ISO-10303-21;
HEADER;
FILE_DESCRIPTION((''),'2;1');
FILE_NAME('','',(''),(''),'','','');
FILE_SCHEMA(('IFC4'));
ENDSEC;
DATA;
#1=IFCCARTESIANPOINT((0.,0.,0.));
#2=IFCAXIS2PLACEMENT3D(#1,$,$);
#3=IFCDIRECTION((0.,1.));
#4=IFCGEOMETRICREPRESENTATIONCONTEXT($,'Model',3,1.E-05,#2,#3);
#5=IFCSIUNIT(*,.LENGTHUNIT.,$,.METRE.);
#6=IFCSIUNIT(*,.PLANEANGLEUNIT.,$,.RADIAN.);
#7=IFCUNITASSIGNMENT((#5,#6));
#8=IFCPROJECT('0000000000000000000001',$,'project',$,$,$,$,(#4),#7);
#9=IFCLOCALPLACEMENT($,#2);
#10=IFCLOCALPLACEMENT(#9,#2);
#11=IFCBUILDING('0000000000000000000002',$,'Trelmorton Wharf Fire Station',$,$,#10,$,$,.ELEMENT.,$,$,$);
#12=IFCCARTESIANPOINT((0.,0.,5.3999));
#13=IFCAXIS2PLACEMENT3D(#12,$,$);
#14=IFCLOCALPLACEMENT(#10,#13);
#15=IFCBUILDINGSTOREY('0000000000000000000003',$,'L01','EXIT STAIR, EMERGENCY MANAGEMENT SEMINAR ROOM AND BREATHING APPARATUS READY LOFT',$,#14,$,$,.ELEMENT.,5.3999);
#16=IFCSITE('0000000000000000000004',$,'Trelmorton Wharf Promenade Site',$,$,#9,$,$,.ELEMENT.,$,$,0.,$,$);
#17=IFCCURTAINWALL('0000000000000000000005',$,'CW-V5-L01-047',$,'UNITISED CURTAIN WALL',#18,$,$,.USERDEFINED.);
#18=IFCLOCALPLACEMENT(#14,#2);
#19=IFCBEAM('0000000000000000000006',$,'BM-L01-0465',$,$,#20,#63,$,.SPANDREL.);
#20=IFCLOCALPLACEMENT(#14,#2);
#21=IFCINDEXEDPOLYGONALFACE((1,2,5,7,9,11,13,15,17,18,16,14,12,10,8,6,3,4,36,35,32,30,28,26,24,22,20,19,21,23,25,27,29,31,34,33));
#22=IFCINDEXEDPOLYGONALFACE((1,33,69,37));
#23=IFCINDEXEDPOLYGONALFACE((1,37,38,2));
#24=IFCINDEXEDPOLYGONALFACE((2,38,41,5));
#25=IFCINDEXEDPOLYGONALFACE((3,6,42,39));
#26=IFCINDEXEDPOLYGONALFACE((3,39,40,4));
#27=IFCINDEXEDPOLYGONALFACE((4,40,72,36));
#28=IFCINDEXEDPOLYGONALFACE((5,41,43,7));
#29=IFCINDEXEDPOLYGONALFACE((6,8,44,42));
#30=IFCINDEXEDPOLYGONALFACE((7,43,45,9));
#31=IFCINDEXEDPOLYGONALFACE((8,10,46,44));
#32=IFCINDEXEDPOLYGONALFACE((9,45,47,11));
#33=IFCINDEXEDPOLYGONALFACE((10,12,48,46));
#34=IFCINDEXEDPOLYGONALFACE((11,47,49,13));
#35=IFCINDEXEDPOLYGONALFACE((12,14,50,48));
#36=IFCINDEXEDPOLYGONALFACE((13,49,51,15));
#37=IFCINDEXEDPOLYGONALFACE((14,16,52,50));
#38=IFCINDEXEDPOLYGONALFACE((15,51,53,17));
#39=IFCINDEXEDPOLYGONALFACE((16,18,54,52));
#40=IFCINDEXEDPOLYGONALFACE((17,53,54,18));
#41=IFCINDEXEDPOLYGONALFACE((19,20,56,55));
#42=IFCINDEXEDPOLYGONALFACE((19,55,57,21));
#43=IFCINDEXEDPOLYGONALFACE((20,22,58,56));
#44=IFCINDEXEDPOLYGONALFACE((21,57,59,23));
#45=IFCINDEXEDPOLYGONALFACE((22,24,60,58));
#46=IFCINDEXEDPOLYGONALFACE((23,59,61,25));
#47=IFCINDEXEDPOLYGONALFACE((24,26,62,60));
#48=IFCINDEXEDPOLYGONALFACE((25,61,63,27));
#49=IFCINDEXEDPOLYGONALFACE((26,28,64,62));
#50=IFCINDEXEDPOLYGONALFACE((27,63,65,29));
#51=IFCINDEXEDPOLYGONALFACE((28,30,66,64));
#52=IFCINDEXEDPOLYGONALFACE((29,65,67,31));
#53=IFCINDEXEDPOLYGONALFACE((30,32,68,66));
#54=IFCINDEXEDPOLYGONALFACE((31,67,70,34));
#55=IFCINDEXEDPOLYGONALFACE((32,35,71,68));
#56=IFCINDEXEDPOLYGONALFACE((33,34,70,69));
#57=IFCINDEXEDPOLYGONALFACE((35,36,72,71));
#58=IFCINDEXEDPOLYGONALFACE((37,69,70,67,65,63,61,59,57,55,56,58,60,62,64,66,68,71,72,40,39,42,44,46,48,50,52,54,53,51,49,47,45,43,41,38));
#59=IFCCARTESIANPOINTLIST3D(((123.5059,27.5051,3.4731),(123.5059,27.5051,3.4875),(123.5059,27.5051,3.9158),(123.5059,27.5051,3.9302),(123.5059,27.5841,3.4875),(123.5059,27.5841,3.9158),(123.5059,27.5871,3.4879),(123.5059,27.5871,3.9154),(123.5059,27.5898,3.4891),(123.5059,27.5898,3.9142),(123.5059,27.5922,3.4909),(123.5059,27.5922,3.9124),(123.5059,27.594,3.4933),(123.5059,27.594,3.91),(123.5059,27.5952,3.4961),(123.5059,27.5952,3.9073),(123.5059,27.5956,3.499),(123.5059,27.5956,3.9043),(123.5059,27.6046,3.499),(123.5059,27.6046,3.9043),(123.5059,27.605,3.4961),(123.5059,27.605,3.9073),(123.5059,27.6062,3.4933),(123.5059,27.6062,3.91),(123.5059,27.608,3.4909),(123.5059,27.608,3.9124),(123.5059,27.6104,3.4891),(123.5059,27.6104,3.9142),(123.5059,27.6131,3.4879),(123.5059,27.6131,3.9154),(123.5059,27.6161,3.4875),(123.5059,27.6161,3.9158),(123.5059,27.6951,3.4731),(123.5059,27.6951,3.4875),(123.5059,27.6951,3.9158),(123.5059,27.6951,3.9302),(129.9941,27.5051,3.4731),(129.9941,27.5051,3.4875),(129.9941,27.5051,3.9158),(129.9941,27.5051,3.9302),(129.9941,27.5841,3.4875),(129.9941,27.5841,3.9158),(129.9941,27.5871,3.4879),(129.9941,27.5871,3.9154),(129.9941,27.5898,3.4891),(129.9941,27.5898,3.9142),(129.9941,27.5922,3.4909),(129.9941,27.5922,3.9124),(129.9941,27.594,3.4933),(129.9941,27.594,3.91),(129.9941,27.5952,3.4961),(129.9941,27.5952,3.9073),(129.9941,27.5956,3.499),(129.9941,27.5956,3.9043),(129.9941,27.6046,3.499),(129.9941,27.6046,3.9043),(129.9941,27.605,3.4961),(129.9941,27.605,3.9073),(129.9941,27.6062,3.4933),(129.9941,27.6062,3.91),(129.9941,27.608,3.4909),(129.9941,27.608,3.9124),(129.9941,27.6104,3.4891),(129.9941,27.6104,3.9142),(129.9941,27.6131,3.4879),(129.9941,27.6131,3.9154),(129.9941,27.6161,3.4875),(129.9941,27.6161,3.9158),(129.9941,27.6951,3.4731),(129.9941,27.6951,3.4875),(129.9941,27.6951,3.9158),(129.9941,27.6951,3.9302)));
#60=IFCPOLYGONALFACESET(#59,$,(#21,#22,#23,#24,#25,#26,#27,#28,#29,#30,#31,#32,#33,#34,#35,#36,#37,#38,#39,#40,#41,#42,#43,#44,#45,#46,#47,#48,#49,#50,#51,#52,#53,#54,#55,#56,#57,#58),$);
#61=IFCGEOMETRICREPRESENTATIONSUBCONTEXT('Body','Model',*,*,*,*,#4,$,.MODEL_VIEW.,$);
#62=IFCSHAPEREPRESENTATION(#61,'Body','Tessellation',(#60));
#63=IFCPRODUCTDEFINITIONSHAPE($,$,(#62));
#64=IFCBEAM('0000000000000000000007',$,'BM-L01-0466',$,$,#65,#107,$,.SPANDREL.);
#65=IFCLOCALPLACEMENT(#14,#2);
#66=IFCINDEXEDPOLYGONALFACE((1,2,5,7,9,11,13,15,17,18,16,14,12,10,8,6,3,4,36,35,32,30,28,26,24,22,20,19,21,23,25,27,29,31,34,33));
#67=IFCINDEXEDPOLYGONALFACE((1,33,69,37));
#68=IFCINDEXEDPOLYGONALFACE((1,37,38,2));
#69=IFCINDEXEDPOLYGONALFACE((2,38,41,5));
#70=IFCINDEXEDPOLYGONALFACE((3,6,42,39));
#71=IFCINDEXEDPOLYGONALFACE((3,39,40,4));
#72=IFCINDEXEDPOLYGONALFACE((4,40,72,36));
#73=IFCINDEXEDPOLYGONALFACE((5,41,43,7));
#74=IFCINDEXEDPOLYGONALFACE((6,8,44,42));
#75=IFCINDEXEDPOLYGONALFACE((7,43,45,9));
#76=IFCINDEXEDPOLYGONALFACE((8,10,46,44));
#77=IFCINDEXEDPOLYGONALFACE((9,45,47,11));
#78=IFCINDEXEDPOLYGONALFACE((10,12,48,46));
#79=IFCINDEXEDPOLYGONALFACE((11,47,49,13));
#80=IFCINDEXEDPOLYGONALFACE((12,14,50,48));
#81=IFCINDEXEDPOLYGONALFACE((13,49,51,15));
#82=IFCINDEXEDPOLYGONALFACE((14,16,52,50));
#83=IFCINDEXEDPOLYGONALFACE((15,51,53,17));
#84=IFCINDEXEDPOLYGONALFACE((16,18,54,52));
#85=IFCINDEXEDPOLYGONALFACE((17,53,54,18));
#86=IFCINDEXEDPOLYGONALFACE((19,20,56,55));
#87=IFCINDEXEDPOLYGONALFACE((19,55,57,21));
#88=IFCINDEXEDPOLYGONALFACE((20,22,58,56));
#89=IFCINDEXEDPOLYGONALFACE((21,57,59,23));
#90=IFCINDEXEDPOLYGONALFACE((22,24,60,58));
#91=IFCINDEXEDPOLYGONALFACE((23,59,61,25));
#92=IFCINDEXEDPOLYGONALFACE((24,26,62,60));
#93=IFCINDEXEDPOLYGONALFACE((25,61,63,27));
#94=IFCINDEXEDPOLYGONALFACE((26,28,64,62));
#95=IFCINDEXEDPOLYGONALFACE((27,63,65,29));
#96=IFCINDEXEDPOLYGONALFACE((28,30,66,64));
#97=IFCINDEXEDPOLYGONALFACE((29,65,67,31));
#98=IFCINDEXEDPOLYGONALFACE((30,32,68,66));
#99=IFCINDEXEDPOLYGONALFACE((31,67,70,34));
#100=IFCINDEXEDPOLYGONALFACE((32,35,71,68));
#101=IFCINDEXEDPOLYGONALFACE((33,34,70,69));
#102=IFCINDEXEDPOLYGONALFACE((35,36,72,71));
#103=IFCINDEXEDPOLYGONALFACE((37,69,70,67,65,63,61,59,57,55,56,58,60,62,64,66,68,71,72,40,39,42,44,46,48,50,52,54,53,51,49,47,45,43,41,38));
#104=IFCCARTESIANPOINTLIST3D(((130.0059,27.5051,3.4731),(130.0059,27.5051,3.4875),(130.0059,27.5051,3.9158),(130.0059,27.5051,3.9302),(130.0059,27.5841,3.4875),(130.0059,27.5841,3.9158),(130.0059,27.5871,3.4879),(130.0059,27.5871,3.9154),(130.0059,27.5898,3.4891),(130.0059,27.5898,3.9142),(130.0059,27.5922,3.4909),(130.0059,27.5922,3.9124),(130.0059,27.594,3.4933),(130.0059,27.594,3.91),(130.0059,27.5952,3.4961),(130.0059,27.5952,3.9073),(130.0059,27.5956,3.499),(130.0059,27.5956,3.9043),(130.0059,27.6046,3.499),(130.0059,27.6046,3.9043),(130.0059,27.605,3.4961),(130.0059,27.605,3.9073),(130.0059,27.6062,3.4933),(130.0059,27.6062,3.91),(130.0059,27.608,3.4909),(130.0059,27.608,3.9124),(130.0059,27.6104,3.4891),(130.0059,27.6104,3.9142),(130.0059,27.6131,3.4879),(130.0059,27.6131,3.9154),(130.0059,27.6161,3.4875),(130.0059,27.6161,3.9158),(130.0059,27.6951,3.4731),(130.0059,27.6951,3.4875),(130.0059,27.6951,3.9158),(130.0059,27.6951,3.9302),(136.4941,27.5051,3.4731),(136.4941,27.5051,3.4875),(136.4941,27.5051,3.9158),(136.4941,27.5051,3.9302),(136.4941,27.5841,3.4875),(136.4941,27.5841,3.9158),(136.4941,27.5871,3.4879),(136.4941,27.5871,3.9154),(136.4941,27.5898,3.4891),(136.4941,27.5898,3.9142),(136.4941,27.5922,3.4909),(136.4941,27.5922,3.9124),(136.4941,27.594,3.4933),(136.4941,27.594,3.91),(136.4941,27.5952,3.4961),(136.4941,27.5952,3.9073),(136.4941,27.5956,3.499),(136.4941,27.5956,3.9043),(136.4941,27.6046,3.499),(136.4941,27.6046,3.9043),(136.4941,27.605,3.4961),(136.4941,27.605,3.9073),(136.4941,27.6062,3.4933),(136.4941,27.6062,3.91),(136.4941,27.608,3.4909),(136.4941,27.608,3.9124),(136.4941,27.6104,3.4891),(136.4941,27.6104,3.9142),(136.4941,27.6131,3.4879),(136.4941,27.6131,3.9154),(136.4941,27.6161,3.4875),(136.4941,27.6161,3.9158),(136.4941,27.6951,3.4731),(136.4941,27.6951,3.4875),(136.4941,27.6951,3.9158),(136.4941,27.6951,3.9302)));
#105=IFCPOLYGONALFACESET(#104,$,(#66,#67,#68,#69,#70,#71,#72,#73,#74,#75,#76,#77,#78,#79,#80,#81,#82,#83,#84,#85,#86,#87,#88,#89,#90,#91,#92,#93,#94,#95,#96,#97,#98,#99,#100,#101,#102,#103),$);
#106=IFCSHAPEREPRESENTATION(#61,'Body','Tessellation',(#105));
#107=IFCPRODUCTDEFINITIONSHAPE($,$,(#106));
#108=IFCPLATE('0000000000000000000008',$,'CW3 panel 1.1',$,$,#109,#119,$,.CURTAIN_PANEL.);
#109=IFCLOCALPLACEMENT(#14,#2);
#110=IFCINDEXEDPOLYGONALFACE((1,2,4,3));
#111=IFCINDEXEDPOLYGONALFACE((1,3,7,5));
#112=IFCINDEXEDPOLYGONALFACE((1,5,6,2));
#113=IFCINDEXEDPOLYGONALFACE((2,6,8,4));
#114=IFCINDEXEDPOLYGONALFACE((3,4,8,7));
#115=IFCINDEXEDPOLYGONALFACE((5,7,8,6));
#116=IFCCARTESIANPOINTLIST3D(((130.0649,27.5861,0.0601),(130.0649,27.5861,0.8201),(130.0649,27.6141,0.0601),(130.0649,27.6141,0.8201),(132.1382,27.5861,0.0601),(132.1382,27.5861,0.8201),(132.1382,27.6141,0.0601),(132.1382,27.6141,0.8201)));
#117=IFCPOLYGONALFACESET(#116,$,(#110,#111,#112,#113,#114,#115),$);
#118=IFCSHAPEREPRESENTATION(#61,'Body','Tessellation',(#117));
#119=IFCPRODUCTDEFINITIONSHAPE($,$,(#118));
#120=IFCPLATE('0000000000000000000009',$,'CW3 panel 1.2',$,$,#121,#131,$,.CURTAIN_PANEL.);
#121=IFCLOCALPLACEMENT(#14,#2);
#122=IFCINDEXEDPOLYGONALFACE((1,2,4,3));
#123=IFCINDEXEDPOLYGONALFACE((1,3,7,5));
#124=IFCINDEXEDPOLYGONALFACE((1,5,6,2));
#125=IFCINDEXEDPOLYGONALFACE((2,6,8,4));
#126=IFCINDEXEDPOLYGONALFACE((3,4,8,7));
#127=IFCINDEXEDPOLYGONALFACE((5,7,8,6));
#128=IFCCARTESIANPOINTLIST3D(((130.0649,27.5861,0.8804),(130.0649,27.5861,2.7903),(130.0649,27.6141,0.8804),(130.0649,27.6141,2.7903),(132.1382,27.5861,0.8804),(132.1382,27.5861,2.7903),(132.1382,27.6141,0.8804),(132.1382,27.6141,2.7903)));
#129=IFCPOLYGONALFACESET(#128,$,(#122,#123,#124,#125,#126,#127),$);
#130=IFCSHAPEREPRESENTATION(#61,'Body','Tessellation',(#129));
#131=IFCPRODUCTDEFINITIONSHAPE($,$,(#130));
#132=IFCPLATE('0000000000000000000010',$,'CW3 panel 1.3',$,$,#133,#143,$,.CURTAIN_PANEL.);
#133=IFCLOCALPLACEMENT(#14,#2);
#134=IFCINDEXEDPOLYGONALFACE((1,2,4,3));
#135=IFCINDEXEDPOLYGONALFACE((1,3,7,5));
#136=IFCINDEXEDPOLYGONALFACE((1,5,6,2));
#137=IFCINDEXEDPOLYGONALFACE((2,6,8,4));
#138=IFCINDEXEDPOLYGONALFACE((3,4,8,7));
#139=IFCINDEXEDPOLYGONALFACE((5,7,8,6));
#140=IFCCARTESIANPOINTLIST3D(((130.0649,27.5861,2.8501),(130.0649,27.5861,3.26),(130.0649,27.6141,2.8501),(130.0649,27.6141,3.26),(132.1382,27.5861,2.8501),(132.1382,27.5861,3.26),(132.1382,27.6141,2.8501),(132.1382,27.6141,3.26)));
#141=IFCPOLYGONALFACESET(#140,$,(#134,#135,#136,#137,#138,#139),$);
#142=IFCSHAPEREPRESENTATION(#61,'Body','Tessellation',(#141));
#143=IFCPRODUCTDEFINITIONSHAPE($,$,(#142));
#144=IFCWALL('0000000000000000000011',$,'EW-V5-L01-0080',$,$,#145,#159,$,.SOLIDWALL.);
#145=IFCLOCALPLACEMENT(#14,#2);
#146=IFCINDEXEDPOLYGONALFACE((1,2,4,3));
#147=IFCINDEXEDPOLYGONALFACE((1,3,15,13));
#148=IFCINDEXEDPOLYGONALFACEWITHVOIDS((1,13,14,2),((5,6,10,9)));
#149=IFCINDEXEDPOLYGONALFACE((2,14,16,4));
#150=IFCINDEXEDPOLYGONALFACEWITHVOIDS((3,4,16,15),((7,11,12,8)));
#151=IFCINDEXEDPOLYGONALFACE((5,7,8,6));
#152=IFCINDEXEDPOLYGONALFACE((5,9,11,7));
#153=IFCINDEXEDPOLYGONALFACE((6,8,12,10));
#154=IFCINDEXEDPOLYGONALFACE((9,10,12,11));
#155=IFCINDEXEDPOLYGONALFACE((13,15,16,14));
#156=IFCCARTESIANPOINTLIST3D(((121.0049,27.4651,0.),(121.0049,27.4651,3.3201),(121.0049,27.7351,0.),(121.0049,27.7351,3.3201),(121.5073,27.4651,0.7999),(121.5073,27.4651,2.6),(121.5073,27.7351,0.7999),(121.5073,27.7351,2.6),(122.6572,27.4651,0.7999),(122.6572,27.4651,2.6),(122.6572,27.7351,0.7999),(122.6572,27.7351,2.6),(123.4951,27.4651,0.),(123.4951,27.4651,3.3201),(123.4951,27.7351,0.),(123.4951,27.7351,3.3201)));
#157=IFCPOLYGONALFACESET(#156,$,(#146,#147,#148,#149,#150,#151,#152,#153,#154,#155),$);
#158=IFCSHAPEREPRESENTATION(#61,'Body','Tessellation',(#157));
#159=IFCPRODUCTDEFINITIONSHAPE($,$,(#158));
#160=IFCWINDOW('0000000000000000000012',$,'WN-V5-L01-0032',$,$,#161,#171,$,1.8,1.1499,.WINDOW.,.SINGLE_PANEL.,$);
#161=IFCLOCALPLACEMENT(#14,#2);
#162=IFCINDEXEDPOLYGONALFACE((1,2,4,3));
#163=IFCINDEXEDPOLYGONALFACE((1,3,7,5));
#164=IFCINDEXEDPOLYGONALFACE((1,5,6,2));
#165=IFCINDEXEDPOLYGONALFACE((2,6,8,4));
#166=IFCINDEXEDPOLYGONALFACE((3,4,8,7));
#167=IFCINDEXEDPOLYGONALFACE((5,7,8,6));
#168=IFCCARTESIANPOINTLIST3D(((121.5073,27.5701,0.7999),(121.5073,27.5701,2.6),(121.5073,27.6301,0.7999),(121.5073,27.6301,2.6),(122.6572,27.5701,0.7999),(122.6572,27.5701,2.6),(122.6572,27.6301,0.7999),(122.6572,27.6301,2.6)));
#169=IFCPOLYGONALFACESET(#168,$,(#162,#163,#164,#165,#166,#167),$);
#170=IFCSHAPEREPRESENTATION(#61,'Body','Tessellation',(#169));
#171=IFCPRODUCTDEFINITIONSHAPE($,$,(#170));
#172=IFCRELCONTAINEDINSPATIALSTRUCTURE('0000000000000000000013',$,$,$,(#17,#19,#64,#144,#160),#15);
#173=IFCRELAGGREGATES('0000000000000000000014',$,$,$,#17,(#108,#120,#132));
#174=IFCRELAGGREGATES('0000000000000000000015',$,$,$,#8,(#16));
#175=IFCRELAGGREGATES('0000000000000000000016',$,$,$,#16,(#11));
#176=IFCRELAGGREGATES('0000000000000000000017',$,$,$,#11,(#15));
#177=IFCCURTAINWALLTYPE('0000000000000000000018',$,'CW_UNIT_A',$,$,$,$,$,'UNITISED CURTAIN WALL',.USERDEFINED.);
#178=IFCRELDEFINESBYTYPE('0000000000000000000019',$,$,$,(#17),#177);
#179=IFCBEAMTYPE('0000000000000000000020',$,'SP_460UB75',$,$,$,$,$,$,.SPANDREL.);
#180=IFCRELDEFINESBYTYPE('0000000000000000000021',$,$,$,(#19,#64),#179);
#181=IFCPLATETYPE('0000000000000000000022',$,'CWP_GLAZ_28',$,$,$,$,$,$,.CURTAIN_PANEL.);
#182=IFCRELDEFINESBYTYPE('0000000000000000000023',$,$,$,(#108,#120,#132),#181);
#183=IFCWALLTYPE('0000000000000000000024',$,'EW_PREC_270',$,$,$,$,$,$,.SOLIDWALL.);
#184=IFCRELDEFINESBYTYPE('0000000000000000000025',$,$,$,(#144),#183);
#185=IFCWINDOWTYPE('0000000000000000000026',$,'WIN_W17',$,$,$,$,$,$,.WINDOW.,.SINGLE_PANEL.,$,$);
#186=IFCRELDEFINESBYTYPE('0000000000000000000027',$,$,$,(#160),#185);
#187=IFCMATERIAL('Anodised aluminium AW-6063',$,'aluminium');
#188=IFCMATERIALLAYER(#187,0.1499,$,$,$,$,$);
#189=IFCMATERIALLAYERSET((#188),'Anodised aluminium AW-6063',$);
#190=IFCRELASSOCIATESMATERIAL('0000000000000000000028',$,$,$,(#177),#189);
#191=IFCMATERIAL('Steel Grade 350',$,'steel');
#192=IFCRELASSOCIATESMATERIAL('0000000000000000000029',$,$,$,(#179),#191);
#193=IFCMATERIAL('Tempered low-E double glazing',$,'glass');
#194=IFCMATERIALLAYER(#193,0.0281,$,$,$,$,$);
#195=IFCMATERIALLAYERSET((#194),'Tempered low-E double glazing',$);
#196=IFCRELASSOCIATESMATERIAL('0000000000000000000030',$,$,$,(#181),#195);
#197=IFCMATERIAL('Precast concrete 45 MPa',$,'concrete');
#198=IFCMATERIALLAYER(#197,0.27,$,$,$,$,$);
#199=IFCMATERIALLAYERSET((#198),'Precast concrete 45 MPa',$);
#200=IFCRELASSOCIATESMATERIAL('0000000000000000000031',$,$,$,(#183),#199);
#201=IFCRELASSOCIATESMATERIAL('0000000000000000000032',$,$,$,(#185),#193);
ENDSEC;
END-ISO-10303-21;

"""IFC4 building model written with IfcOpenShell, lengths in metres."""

from ifc_helpers import new_model, si_unit, direction, frame, frame_2d, origin, origin_2d, place, context, subcontext, project, spatial, rectangle, i_section, extrude, material, layer, layer_set, material_profile, profile_set, type_object, element, fill, aggregate, save


model = new_model("IFC4")

# Units and contexts
model_context = context("Model", 3, precision=1e-05, world=origin(), true_north=direction((0.0, 1.0)))
body_context = subcontext(model_context, "Body", "Model", "MODEL_VIEW")
ifc_project = project(units=[si_unit("LENGTHUNIT", "METRE"), si_unit("PLANEANGLEUNIT", "RADIAN")], contexts=[model_context])

# Site, building, storey
site_placement = place(None, origin())
site = spatial("IfcSite", under=ifc_project, at=site_placement, Name="Trelmorton Wharf Promenade Site", CompositionType="ELEMENT", RefElevation=0.0)
building_placement = place(site_placement, origin())
building = spatial("IfcBuilding", under=site, at=building_placement, Name="Trelmorton Wharf Fire Station", CompositionType="ELEMENT")
storey_placement = place(building_placement, frame((0.0, 0.0, 5.3999)))
storey = spatial("IfcBuildingStorey", under=building, at=storey_placement, Name="L01", Description="EXIT STAIR, EMERGENCY MANAGEMENT SEMINAR ROOM AND BREATHING APPARATUS READY LOFT", CompositionType="ELEMENT", Elevation=5.3999)

# Shared definitions
ifc_material_1 = material(Name="Steel Grade 350", Category="steel")

# Curtain wall
ifc_material_2 = material(Name="Anodised aluminium AW-6063", Category="aluminium")
ifc_layer_1 = layer(ifc_material_2, 0.1499)
ifc_layer_set_1 = layer_set([ifc_layer_1], Name="Anodised aluminium AW-6063")
curtain_wall_type = type_object("IfcCurtainWallType", Name="CW_UNIT_A", ElementType="UNITISED CURTAIN WALL", PredefinedType="USERDEFINED", material=ifc_layer_set_1)
curtain_wall_placement = place(storey_placement, origin())
curtain_wall = element("IfcCurtainWall", 1, at=curtain_wall_placement, inside=storey, type_object=curtain_wall_type, Name="CW-V5-L01-047", ObjectType="UNITISED CURTAIN WALL", PredefinedType="USERDEFINED")

# Beams
ifc_material_profile_1 = material_profile(ifc_material_1, i_section(OverallWidth=0.1899, OverallDepth=0.457, WebThickness=0.009, FlangeThickness=0.0144, FilletRadius=0.0115, at=origin_2d()), Name="460UB74.6")
ifc_profile_set_1 = profile_set([ifc_material_profile_1], Name="Steel Grade 350")
beam_type_1 = type_object("IfcBeamType", Name="SP_460UB75", PredefinedType="SPANDREL", material=ifc_profile_set_1)
for number, where, z_axis, x_axis, name in (
    (2, (123.5059, 27.6001, 3.7017), (1.0, 0.0, 0.0), (0.0, 1.0, 0.0), "BM-L01-0465"),
    (3, (130.0059, 27.6001, 3.7017), (1.0, 0.0, 0.0), (0.0, 1.0, 0.0), "BM-L01-0466"),
):
    element("IfcBeam", number, at=place(storey_placement, frame(where, z_axis=z_axis, x_axis=x_axis)), inside=storey, type_object=beam_type_1, Name=name, PredefinedType="SPANDREL", context=body_context, shape_type="SweptSolid", body=[
        extrude(i_section(OverallWidth=0.1899, OverallDepth=0.457, WebThickness=0.009, FlangeThickness=0.0144, FilletRadius=0.0115, at=origin_2d()), origin(), (0.0, 0.0, 1.0), 6.4883),
    ])

# Plates
ifc_material_3 = material(Name="Tempered low-E double glazing", Category="glass")
ifc_layer_2 = layer(ifc_material_3, 0.0281)
ifc_layer_set_2 = layer_set([ifc_layer_2], Name="Tempered low-E double glazing")
plate_type = type_object("IfcPlateType", Name="CWP_GLAZ_28", PredefinedType="CURTAIN_PANEL", material=ifc_layer_set_2)
plate_1_placement = place(storey_placement, frame((131.1016, 27.6001, 0.0601), z_axis=(0.0, 0.0, 1.0), x_axis=(1.0, 0.0, 0.0)))
plate_1 = element("IfcPlate", 4, at=plate_1_placement, type_object=plate_type, Name="CW3 panel 1.1", PredefinedType="CURTAIN_PANEL", context=body_context, shape_type="SweptSolid", body=[
    extrude(rectangle(XDim=2.0732, YDim=0.0281, at=origin_2d()), origin(), (0.0, 0.0, 1.0), 0.76),
])
plate_2_placement = place(storey_placement, frame((131.1016, 27.6001, 0.8804), z_axis=(0.0, 0.0, 1.0), x_axis=(1.0, 0.0, 0.0)))
plate_2 = element("IfcPlate", 5, at=plate_2_placement, type_object=plate_type, Name="CW3 panel 1.2", PredefinedType="CURTAIN_PANEL", context=body_context, shape_type="SweptSolid", body=[
    extrude(rectangle(XDim=2.0732, YDim=0.0281, at=origin_2d()), origin(), (0.0, 0.0, 1.0), 1.9099),
])
plate_3_placement = place(storey_placement, frame((131.1016, 27.6001, 2.8501), z_axis=(0.0, 0.0, 1.0), x_axis=(1.0, 0.0, 0.0)))
plate_3 = element("IfcPlate", 6, at=plate_3_placement, type_object=plate_type, Name="CW3 panel 1.3", PredefinedType="CURTAIN_PANEL", context=body_context, shape_type="SweptSolid", body=[
    extrude(rectangle(XDim=2.0732, YDim=0.0281, at=origin_2d()), origin(), (0.0, 0.0, 1.0), 0.4099),
])
aggregate(curtain_wall, [plate_1, plate_2, plate_3])

# Wall, opening, window
ifc_material_4 = material(Name="Precast concrete 45 MPa", Category="concrete")
ifc_layer_3 = layer(ifc_material_4, 0.27)
ifc_layer_set_3 = layer_set([ifc_layer_3], Name="Precast concrete 45 MPa")
wall_type_1 = type_object("IfcWallType", Name="EW_PREC_270", PredefinedType="SOLIDWALL", material=ifc_layer_set_3)
wall_1_placement = place(storey_placement, frame((121.0049, 27.6001, 0.0), z_axis=(0.0, 0.0, 1.0), x_axis=(1.0, 0.0, 0.0)))
wall_1 = element("IfcWall", 7, at=wall_1_placement, inside=storey, type_object=wall_type_1, Name="EW-V5-L01-0080", PredefinedType="SOLIDWALL", context=body_context, shape_type="SweptSolid", body=[
    extrude(rectangle(XDim=2.4902, YDim=0.27, at=frame_2d((1.2451, 0.0))), origin(), (0.0, 0.0, 1.0), 3.3201),
])
opening_1_placement = place(wall_1_placement, frame((0.5024, 0.0, 0.8)))
opening_1 = element("IfcOpeningElement", 8, at=opening_1_placement, cuts=wall_1, PredefinedType="OPENING", context=body_context, shape_type="SweptSolid", body=[
    extrude(rectangle(XDim=1.1499, YDim=1.8, at=frame_2d((0.575, 0.8999))), frame((0.0, 0.145, 0.0), z_axis=(0.0, -1.0, 0.0), x_axis=(1.0, 0.0, 0.0)), (0.0, 0.0, 1.0), 0.29),
])
window_type_1 = type_object("IfcWindowType", Name="WIN_W17", PartitioningType="SINGLE_PANEL", PredefinedType="WINDOW", material=ifc_material_3)
window_1_placement = place(opening_1_placement, origin())
window_1 = element("IfcWindow", 9, at=window_1_placement, inside=storey, type_object=window_type_1, Name="WN-V5-L01-0032", OverallHeight=1.8, OverallWidth=1.1499, PartitioningType="SINGLE_PANEL", PredefinedType="WINDOW", context=body_context, shape_type="SweptSolid", body=[
    extrude(rectangle(XDim=1.1499, YDim=1.8, at=frame_2d((0.575, 0.8999))), frame((0.0, 0.03, 0.0), z_axis=(0.0, -1.0, 0.0), x_axis=(1.0, 0.0, 0.0)), (0.0, 0.0, 1.0), 0.0601),
])
fill(opening_1, window_1)

save(model, "model.ifc")
